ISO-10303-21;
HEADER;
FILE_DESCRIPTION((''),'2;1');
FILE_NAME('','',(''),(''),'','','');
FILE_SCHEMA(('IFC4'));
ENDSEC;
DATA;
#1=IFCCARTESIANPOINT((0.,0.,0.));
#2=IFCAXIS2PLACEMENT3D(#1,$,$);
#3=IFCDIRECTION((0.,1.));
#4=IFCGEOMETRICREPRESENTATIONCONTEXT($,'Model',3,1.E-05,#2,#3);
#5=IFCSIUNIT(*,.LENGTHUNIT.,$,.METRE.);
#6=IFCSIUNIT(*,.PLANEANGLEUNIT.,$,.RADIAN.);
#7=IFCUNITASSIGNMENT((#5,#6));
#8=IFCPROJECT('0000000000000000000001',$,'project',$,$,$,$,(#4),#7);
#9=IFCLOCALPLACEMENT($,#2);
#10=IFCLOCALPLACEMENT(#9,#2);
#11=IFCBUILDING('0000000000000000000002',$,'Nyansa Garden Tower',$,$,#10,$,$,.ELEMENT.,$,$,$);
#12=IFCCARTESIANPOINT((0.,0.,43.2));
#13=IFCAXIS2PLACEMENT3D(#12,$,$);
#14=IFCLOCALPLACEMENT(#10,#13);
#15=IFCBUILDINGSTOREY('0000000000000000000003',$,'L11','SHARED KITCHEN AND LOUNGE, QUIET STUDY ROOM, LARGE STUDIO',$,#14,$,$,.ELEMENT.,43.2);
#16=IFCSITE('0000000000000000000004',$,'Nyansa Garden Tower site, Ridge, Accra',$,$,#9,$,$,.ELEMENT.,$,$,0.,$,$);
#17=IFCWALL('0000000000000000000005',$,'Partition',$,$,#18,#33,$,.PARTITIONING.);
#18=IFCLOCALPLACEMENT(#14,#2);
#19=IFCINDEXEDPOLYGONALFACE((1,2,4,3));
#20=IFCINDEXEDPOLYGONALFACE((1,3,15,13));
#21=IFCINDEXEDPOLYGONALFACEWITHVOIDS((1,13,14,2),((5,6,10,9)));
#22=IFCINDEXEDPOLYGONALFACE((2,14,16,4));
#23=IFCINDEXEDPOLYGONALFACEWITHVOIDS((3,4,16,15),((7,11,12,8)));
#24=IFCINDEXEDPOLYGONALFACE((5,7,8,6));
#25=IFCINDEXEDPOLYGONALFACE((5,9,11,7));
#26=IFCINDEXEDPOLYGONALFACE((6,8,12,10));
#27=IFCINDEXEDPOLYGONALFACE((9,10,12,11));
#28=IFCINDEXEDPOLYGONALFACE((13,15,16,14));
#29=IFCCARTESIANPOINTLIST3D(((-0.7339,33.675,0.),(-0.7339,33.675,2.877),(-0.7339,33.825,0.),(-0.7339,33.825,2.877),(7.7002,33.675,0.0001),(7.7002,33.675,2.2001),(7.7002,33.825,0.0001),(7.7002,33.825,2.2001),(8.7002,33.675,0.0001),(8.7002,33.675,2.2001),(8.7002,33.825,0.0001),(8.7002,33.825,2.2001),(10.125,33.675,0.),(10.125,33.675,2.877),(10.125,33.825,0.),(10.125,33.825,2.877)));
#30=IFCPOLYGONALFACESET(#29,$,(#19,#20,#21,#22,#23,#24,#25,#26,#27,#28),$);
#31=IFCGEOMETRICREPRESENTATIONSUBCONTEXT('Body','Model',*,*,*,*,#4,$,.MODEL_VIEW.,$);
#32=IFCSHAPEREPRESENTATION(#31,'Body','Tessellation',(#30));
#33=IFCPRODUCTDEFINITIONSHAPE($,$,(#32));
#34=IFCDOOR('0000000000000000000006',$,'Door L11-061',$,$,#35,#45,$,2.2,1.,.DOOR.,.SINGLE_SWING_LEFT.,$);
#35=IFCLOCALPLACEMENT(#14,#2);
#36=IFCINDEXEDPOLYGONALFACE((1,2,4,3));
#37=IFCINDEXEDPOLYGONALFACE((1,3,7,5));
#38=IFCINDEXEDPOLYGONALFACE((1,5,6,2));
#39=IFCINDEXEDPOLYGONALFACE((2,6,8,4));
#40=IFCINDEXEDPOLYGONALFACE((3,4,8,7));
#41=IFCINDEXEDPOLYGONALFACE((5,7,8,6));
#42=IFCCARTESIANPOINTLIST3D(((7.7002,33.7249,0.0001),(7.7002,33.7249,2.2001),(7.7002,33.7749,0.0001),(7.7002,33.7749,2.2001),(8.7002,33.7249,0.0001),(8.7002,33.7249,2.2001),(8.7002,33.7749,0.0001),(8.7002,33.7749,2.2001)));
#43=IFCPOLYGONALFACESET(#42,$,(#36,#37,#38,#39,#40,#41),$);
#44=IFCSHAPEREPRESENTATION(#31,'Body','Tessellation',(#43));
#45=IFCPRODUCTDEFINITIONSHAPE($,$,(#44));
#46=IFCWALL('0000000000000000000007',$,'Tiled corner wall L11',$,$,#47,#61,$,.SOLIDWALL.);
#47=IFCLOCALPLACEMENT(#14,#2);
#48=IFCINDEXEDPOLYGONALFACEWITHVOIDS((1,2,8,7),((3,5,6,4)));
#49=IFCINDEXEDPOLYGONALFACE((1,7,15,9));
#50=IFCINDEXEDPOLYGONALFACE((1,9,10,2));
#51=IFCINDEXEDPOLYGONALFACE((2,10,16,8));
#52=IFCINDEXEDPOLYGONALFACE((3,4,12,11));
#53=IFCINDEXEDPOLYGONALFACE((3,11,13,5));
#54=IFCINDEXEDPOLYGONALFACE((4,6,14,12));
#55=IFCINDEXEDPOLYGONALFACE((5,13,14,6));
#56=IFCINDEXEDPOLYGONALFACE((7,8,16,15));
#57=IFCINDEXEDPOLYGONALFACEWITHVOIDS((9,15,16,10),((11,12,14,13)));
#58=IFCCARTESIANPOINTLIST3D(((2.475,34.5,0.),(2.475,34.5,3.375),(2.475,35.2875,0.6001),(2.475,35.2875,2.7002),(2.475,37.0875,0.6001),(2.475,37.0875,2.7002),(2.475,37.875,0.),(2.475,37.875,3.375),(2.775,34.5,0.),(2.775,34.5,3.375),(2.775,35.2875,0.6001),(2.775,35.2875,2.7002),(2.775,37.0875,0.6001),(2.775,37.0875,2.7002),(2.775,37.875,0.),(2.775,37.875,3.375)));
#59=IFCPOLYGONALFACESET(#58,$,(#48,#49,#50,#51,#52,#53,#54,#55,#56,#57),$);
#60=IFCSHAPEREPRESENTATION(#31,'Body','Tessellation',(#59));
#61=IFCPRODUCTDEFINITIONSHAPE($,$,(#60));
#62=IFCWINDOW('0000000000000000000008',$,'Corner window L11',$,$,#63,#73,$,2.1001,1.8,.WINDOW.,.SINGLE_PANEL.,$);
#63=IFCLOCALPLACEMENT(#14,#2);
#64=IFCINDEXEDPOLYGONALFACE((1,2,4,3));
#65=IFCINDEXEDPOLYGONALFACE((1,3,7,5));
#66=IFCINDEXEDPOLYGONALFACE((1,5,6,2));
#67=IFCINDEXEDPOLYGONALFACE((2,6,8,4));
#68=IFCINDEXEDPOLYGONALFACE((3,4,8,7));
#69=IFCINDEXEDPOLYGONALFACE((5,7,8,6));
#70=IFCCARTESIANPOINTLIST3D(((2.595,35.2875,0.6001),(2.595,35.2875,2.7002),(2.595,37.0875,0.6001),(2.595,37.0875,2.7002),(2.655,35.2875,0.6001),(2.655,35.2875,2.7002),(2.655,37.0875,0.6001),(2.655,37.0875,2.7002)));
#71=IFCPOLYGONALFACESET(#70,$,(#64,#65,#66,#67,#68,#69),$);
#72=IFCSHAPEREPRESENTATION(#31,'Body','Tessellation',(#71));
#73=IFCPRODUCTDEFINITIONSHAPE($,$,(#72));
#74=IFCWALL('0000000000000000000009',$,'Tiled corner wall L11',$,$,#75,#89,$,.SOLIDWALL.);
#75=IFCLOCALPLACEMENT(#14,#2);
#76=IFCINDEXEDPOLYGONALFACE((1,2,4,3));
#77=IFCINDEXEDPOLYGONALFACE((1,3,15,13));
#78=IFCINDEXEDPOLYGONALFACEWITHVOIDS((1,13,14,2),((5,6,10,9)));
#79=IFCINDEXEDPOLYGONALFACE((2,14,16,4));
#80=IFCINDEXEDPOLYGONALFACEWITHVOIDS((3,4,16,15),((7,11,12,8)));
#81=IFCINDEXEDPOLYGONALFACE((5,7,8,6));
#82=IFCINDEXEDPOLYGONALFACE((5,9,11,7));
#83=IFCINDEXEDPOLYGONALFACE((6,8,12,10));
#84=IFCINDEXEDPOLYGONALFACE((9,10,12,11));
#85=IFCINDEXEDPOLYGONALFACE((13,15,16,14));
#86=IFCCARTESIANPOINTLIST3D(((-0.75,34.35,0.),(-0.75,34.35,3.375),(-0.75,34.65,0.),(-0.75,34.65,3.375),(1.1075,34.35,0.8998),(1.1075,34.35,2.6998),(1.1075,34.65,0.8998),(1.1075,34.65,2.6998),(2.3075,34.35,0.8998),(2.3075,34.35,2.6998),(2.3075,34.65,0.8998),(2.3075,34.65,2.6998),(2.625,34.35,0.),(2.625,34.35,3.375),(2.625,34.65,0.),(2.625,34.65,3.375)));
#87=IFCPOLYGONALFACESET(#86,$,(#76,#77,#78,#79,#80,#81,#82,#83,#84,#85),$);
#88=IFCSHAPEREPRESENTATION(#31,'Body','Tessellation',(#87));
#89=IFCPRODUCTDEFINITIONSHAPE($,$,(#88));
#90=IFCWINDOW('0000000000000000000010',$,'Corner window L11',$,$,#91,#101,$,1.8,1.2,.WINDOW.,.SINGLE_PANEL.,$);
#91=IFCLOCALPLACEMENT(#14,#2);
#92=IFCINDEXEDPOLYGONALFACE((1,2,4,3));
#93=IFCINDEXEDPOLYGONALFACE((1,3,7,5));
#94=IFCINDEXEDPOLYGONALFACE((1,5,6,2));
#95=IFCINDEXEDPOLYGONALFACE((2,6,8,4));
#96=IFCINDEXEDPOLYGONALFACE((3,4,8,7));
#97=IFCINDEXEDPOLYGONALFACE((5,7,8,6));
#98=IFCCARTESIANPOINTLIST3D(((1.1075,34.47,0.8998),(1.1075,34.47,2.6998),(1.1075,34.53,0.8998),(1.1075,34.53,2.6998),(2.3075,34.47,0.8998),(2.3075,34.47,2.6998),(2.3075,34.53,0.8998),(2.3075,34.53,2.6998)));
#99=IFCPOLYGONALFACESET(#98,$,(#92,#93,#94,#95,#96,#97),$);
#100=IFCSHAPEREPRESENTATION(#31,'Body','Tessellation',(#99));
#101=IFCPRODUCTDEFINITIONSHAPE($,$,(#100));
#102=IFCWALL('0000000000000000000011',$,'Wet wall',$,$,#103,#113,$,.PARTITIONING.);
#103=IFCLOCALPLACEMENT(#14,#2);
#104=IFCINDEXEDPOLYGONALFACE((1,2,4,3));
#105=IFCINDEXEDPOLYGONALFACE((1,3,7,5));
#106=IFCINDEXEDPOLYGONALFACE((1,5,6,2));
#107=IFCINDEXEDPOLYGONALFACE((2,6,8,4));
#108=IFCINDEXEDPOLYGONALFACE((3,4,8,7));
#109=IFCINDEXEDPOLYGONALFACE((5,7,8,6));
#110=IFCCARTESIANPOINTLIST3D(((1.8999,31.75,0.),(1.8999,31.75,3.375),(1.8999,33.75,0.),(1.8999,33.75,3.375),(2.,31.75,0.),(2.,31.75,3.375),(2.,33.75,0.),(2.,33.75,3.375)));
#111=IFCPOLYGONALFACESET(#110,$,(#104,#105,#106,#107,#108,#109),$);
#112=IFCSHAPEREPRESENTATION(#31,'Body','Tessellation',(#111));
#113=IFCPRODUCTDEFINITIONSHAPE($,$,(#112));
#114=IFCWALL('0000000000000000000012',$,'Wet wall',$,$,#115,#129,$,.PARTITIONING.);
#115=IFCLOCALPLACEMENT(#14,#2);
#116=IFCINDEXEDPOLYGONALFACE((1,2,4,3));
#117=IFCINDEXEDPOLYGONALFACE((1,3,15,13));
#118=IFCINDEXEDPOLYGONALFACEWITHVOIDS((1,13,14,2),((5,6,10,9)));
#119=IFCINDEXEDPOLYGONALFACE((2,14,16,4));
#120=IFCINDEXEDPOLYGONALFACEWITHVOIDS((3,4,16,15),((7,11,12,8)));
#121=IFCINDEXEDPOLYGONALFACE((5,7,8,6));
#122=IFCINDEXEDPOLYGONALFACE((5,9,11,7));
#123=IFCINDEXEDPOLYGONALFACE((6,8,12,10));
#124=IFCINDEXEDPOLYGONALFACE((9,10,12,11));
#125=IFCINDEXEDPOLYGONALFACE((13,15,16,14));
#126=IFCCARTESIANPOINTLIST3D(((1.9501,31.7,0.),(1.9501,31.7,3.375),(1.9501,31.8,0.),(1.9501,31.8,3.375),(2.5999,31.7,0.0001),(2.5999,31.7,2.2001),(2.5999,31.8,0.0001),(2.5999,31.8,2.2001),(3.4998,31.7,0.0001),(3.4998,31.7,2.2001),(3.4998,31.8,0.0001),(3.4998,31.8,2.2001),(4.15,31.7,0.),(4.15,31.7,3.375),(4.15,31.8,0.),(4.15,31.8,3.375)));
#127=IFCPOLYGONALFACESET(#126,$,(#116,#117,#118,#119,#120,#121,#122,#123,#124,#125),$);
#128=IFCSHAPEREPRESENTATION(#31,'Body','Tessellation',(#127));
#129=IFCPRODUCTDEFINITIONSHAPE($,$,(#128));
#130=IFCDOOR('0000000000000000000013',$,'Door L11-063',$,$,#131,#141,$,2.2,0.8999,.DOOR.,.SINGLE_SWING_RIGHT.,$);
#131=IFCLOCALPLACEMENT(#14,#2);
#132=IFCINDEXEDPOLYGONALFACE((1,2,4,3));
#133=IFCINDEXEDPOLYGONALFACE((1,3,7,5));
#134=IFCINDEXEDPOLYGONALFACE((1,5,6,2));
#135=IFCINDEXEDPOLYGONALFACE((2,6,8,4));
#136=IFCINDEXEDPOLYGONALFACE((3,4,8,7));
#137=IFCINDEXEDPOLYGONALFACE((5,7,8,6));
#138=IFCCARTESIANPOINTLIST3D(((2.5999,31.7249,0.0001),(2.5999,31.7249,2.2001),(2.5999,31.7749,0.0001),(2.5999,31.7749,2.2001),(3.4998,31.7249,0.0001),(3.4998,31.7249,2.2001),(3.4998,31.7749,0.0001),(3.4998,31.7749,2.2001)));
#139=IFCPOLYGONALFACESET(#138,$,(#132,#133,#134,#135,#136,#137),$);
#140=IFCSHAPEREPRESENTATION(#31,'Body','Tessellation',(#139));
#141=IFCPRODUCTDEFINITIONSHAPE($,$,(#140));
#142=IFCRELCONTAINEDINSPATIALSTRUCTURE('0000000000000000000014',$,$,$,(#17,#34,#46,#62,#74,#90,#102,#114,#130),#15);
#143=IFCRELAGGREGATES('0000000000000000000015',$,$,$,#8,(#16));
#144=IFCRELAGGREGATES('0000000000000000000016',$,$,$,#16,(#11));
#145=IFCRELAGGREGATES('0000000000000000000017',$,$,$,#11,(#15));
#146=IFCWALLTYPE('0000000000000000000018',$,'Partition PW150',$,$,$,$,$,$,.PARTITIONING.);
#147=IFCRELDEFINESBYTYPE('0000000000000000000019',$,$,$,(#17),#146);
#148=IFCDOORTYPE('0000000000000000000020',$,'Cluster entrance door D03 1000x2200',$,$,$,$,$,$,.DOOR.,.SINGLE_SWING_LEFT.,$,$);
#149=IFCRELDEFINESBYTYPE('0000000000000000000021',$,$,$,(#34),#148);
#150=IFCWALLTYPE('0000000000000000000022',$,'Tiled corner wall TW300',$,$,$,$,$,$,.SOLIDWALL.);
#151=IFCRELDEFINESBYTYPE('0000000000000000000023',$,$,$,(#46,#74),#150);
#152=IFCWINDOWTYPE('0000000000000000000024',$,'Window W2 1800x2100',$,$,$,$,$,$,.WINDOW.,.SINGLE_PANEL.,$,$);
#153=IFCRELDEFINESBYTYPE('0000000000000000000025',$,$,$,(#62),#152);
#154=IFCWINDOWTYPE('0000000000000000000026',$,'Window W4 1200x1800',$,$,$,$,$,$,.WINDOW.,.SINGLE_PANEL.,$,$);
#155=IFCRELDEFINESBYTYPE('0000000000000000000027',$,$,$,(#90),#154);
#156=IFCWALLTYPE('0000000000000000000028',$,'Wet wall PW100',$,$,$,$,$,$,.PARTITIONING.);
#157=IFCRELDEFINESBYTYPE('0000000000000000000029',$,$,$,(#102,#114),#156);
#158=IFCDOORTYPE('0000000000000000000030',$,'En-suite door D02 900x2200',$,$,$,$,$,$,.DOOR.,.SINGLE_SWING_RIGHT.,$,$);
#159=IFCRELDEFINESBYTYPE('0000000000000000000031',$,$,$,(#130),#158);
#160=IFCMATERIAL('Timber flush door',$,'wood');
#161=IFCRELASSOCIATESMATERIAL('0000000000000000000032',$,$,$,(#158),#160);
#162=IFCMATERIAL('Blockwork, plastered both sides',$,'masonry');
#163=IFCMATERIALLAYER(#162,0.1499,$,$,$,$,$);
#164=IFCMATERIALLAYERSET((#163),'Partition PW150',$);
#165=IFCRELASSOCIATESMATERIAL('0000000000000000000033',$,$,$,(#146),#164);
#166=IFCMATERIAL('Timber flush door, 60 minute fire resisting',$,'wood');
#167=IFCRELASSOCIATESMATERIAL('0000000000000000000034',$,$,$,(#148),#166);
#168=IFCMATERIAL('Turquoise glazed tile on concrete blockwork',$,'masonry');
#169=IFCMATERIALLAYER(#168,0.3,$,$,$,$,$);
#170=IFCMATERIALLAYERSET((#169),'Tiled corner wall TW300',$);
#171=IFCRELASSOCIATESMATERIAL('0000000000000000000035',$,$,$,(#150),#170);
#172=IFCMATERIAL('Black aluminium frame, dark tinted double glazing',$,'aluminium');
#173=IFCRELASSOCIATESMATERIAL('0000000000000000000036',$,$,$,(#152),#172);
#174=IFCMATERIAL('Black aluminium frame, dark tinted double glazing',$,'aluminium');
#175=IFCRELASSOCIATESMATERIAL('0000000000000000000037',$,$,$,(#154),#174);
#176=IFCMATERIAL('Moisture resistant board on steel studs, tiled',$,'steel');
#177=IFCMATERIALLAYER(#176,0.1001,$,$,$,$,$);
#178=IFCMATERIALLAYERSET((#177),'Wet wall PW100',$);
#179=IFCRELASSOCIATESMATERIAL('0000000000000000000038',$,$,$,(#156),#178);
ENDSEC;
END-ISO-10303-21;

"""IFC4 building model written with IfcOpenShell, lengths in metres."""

from ifc_helpers import new_model, si_unit, direction, frame, frame_2d, origin, place, context, subcontext, project, spatial, rectangle, extrude, material, layer, layer_set, type_object, element, fill, save


model = new_model("IFC4")

# Units and contexts
model_context = context("Model", 3, precision=1e-05, world=origin(), true_north=direction((0.0, 1.0)))
body_context = subcontext(model_context, "Body", "Model", "MODEL_VIEW")
ifc_project = project(units=[si_unit("LENGTHUNIT", "METRE"), si_unit("PLANEANGLEUNIT", "RADIAN")], contexts=[model_context])

# Site, building, storey
site_placement = place(None, origin())
site = spatial("IfcSite", under=ifc_project, at=site_placement, Name="Nyansa Garden Tower site, Ridge, Accra", CompositionType="ELEMENT", RefElevation=0.0)
building_placement = place(site_placement, origin())
building = spatial("IfcBuilding", under=site, at=building_placement, Name="Nyansa Garden Tower", CompositionType="ELEMENT")
storey_placement = place(building_placement, frame((0.0, 0.0, 43.2)))
storey = spatial("IfcBuildingStorey", under=building, at=storey_placement, Name="L11", Description="SHARED KITCHEN AND LOUNGE, QUIET STUDY ROOM, LARGE STUDIO", CompositionType="ELEMENT", Elevation=43.2)

# Wall, opening, door
ifc_material_1 = material(Name="Timber flush door", Category="wood")
door_type_1 = type_object("IfcDoorType", Name="En-suite door D02 900x2200", OperationType="SINGLE_SWING_RIGHT", PredefinedType="DOOR", material=ifc_material_1)
ifc_material_2 = material(Name="Blockwork, plastered both sides", Category="masonry")
ifc_layer_1 = layer(ifc_material_2, 0.1499)
ifc_layer_set_1 = layer_set([ifc_layer_1], Name="Partition PW150")
wall_type_1 = type_object("IfcWallType", Name="Partition PW150", PredefinedType="PARTITIONING", material=ifc_layer_set_1)
wall_1_placement = place(storey_placement, frame((-0.7339, 33.75, 0.0), z_axis=(0.0, 0.0, 1.0), x_axis=(1.0, 0.0, 0.0)))
wall_1 = element("IfcWall", 1, at=wall_1_placement, inside=storey, type_object=wall_type_1, Name="Partition", PredefinedType="PARTITIONING", context=body_context, shape_type="SweptSolid", body=[
    extrude(rectangle(XDim=10.8589, YDim=0.1499, at=frame_2d((5.4294, 0.0))), origin(), (0.0, 0.0, 1.0), 2.877),
])
opening_1_placement = place(wall_1_placement, frame((8.4341, 0.0, 0.0)))
opening_1 = element("IfcOpeningElement", 2, at=opening_1_placement, cuts=wall_1, PredefinedType="OPENING", context=body_context, shape_type="SweptSolid", body=[
    extrude(rectangle(XDim=1.0, YDim=2.2, at=frame_2d((0.5, 1.1001))), frame((0.0, 0.085, 0.0), z_axis=(0.0, -1.0, 0.0), x_axis=(1.0, 0.0, 0.0)), (0.0, 0.0, 1.0), 0.1699),
])
ifc_material_3 = material(Name="Timber flush door, 60 minute fire resisting", Category="wood")
door_type_2 = type_object("IfcDoorType", Name="Cluster entrance door D03 1000x2200", OperationType="SINGLE_SWING_LEFT", PredefinedType="DOOR", material=ifc_material_3)
door_1_placement = place(opening_1_placement, origin())
door_1 = element("IfcDoor", 3, at=door_1_placement, inside=storey, type_object=door_type_2, Name="Door L11-061", OperationType="SINGLE_SWING_LEFT", OverallHeight=2.2, OverallWidth=1.0, PredefinedType="DOOR", context=body_context, shape_type="SweptSolid", body=[
    extrude(rectangle(XDim=1.0, YDim=2.2, at=frame_2d((0.5, 1.1001))), frame((0.0, 0.0249, 0.0), z_axis=(0.0, -1.0, 0.0), x_axis=(1.0, 0.0, 0.0)), (0.0, 0.0, 1.0), 0.05),
])
fill(opening_1, door_1)

# Walls, openings, windows
ifc_material_4 = material(Name="Turquoise glazed tile on concrete blockwork", Category="masonry")
ifc_layer_2 = layer(ifc_material_4, 0.3)
ifc_layer_set_2 = layer_set([ifc_layer_2], Name="Tiled corner wall TW300")
wall_type_2 = type_object("IfcWallType", Name="Tiled corner wall TW300", PredefinedType="SOLIDWALL", material=ifc_layer_set_2)
wall_2_placement = place(storey_placement, frame((2.625, 37.875, 0.0), z_axis=(0.0, 0.0, 1.0), x_axis=(0.0, -1.0, 0.0)))
wall_2 = element("IfcWall", 4, at=wall_2_placement, inside=storey, type_object=wall_type_2, Name="Tiled corner wall L11", PredefinedType="SOLIDWALL", context=body_context, shape_type="SweptSolid", body=[
    extrude(rectangle(XDim=3.375, YDim=0.3, at=frame_2d((1.6875, 0.0))), origin(), (0.0, 0.0, 1.0), 3.375),
])
opening_2_placement = place(wall_2_placement, frame((0.7876, 0.0, 0.6001)))
opening_2 = element("IfcOpeningElement", 5, at=opening_2_placement, cuts=wall_2, PredefinedType="OPENING", context=body_context, shape_type="SweptSolid", body=[
    extrude(rectangle(XDim=1.8, YDim=2.1001, at=frame_2d((0.8999, 1.05))), frame((0.0, 0.1599, 0.0), z_axis=(0.0, -1.0, 0.0), x_axis=(1.0, 0.0, 0.0)), (0.0, 0.0, 1.0), 0.3201),
])
ifc_material_5 = material(Name="Black aluminium frame, dark tinted double glazing", Category="aluminium")
window_type_1 = type_object("IfcWindowType", Name="Window W2 1800x2100", PartitioningType="SINGLE_PANEL", PredefinedType="WINDOW", material=ifc_material_5)
window_1_placement = place(opening_2_placement, origin())
window_1 = element("IfcWindow", 6, at=window_1_placement, inside=storey, type_object=window_type_1, Name="Corner window L11", OverallHeight=2.1001, OverallWidth=1.8, PartitioningType="SINGLE_PANEL", PredefinedType="WINDOW", context=body_context, shape_type="SweptSolid", body=[
    extrude(rectangle(XDim=1.8, YDim=2.1001, at=frame_2d((0.8999, 1.05))), frame((0.0, 0.03, 0.0), z_axis=(0.0, -1.0, 0.0), x_axis=(1.0, 0.0, 0.0)), (0.0, 0.0, 1.0), 0.0601),
])
fill(opening_2, window_1)
wall_3_placement = place(storey_placement, frame((2.625, 34.5, 0.0), z_axis=(0.0, 0.0, 1.0), x_axis=(-1.0, 0.0, 0.0)))
wall_3 = element("IfcWall", 7, at=wall_3_placement, inside=storey, type_object=wall_type_2, Name="Tiled corner wall L11", PredefinedType="SOLIDWALL", context=body_context, shape_type="SweptSolid", body=[
    extrude(rectangle(XDim=3.375, YDim=0.3, at=frame_2d((1.6875, 0.0))), origin(), (0.0, 0.0, 1.0), 3.375),
])
opening_3_placement = place(wall_3_placement, frame((0.3174, 0.0, 0.8999)))
opening_3 = element("IfcOpeningElement", 8, at=opening_3_placement, cuts=wall_3, PredefinedType="OPENING", context=body_context, shape_type="SweptSolid", body=[
    extrude(rectangle(XDim=1.2, YDim=1.8, at=frame_2d((0.6001, 0.8999))), frame((0.0, 0.1599, 0.0), z_axis=(0.0, -1.0, 0.0), x_axis=(1.0, 0.0, 0.0)), (0.0, 0.0, 1.0), 0.3201),
])
ifc_material_6 = material(Name="Black aluminium frame, dark tinted double glazing", Category="aluminium")
window_type_2 = type_object("IfcWindowType", Name="Window W4 1200x1800", PartitioningType="SINGLE_PANEL", PredefinedType="WINDOW", material=ifc_material_6)
window_2_placement = place(opening_3_placement, origin())
window_2 = element("IfcWindow", 9, at=window_2_placement, inside=storey, type_object=window_type_2, Name="Corner window L11", OverallHeight=1.8, OverallWidth=1.2, PartitioningType="SINGLE_PANEL", PredefinedType="WINDOW", context=body_context, shape_type="SweptSolid", body=[
    extrude(rectangle(XDim=1.2, YDim=1.8, at=frame_2d((0.6001, 0.8999))), frame((0.0, 0.03, 0.0), z_axis=(0.0, -1.0, 0.0), x_axis=(1.0, 0.0, 0.0)), (0.0, 0.0, 1.0), 0.0601),
])
fill(opening_3, window_2)

# Wall
ifc_material_7 = material(Name="Moisture resistant board on steel studs, tiled", Category="steel")
ifc_layer_3 = layer(ifc_material_7, 0.1001)
ifc_layer_set_3 = layer_set([ifc_layer_3], Name="Wet wall PW100")
wall_type_3 = type_object("IfcWallType", Name="Wet wall PW100", PredefinedType="PARTITIONING", material=ifc_layer_set_3)
wall_4_placement = place(storey_placement, frame((1.95, 31.75, 0.0), z_axis=(0.0, 0.0, 1.0), x_axis=(0.0, 1.0, 0.0)))
element("IfcWall", 10, at=wall_4_placement, inside=storey, type_object=wall_type_3, Name="Wet wall", PredefinedType="PARTITIONING", context=body_context, shape_type="SweptSolid", body=[
    extrude(rectangle(XDim=2.0, YDim=0.1001, at=frame_2d((1.0, 0.0))), origin(), (0.0, 0.0, 1.0), 3.375),
])

# Wall, opening, door
wall_5_placement = place(storey_placement, frame((1.95, 31.75, 0.0), z_axis=(0.0, 0.0, 1.0), x_axis=(1.0, 0.0, 0.0)))
wall_5 = element("IfcWall", 11, at=wall_5_placement, inside=storey, type_object=wall_type_3, Name="Wet wall", PredefinedType="PARTITIONING", context=body_context, shape_type="SweptSolid", body=[
    extrude(rectangle(XDim=2.2, YDim=0.1001, at=frame_2d((1.1001, 0.0))), origin(), (0.0, 0.0, 1.0), 3.375),
])
opening_4_placement = place(wall_5_placement, frame((0.6499, 0.0, 0.0)))
opening_4 = element("IfcOpeningElement", 12, at=opening_4_placement, cuts=wall_5, PredefinedType="OPENING", context=body_context, shape_type="SweptSolid", body=[
    extrude(rectangle(XDim=0.8999, YDim=2.2, at=frame_2d((0.45, 1.1001))), frame((0.0, 0.0601, 0.0), z_axis=(0.0, -1.0, 0.0), x_axis=(1.0, 0.0, 0.0)), (0.0, 0.0, 1.0), 0.1201),
])
door_2_placement = place(opening_4_placement, origin())
door_2 = element("IfcDoor", 13, at=door_2_placement, inside=storey, type_object=door_type_1, Name="Door L11-063", OperationType="SINGLE_SWING_RIGHT", OverallHeight=2.2, OverallWidth=0.8999, PredefinedType="DOOR", context=body_context, shape_type="SweptSolid", body=[
    extrude(rectangle(XDim=0.8999, YDim=2.2, at=frame_2d((0.45, 1.1001))), frame((0.0, 0.0249, 0.0), z_axis=(0.0, -1.0, 0.0), x_axis=(1.0, 0.0, 0.0)), (0.0, 0.0, 1.0), 0.05),
])
fill(opening_4, door_2)

save(model, "model.ifc")
